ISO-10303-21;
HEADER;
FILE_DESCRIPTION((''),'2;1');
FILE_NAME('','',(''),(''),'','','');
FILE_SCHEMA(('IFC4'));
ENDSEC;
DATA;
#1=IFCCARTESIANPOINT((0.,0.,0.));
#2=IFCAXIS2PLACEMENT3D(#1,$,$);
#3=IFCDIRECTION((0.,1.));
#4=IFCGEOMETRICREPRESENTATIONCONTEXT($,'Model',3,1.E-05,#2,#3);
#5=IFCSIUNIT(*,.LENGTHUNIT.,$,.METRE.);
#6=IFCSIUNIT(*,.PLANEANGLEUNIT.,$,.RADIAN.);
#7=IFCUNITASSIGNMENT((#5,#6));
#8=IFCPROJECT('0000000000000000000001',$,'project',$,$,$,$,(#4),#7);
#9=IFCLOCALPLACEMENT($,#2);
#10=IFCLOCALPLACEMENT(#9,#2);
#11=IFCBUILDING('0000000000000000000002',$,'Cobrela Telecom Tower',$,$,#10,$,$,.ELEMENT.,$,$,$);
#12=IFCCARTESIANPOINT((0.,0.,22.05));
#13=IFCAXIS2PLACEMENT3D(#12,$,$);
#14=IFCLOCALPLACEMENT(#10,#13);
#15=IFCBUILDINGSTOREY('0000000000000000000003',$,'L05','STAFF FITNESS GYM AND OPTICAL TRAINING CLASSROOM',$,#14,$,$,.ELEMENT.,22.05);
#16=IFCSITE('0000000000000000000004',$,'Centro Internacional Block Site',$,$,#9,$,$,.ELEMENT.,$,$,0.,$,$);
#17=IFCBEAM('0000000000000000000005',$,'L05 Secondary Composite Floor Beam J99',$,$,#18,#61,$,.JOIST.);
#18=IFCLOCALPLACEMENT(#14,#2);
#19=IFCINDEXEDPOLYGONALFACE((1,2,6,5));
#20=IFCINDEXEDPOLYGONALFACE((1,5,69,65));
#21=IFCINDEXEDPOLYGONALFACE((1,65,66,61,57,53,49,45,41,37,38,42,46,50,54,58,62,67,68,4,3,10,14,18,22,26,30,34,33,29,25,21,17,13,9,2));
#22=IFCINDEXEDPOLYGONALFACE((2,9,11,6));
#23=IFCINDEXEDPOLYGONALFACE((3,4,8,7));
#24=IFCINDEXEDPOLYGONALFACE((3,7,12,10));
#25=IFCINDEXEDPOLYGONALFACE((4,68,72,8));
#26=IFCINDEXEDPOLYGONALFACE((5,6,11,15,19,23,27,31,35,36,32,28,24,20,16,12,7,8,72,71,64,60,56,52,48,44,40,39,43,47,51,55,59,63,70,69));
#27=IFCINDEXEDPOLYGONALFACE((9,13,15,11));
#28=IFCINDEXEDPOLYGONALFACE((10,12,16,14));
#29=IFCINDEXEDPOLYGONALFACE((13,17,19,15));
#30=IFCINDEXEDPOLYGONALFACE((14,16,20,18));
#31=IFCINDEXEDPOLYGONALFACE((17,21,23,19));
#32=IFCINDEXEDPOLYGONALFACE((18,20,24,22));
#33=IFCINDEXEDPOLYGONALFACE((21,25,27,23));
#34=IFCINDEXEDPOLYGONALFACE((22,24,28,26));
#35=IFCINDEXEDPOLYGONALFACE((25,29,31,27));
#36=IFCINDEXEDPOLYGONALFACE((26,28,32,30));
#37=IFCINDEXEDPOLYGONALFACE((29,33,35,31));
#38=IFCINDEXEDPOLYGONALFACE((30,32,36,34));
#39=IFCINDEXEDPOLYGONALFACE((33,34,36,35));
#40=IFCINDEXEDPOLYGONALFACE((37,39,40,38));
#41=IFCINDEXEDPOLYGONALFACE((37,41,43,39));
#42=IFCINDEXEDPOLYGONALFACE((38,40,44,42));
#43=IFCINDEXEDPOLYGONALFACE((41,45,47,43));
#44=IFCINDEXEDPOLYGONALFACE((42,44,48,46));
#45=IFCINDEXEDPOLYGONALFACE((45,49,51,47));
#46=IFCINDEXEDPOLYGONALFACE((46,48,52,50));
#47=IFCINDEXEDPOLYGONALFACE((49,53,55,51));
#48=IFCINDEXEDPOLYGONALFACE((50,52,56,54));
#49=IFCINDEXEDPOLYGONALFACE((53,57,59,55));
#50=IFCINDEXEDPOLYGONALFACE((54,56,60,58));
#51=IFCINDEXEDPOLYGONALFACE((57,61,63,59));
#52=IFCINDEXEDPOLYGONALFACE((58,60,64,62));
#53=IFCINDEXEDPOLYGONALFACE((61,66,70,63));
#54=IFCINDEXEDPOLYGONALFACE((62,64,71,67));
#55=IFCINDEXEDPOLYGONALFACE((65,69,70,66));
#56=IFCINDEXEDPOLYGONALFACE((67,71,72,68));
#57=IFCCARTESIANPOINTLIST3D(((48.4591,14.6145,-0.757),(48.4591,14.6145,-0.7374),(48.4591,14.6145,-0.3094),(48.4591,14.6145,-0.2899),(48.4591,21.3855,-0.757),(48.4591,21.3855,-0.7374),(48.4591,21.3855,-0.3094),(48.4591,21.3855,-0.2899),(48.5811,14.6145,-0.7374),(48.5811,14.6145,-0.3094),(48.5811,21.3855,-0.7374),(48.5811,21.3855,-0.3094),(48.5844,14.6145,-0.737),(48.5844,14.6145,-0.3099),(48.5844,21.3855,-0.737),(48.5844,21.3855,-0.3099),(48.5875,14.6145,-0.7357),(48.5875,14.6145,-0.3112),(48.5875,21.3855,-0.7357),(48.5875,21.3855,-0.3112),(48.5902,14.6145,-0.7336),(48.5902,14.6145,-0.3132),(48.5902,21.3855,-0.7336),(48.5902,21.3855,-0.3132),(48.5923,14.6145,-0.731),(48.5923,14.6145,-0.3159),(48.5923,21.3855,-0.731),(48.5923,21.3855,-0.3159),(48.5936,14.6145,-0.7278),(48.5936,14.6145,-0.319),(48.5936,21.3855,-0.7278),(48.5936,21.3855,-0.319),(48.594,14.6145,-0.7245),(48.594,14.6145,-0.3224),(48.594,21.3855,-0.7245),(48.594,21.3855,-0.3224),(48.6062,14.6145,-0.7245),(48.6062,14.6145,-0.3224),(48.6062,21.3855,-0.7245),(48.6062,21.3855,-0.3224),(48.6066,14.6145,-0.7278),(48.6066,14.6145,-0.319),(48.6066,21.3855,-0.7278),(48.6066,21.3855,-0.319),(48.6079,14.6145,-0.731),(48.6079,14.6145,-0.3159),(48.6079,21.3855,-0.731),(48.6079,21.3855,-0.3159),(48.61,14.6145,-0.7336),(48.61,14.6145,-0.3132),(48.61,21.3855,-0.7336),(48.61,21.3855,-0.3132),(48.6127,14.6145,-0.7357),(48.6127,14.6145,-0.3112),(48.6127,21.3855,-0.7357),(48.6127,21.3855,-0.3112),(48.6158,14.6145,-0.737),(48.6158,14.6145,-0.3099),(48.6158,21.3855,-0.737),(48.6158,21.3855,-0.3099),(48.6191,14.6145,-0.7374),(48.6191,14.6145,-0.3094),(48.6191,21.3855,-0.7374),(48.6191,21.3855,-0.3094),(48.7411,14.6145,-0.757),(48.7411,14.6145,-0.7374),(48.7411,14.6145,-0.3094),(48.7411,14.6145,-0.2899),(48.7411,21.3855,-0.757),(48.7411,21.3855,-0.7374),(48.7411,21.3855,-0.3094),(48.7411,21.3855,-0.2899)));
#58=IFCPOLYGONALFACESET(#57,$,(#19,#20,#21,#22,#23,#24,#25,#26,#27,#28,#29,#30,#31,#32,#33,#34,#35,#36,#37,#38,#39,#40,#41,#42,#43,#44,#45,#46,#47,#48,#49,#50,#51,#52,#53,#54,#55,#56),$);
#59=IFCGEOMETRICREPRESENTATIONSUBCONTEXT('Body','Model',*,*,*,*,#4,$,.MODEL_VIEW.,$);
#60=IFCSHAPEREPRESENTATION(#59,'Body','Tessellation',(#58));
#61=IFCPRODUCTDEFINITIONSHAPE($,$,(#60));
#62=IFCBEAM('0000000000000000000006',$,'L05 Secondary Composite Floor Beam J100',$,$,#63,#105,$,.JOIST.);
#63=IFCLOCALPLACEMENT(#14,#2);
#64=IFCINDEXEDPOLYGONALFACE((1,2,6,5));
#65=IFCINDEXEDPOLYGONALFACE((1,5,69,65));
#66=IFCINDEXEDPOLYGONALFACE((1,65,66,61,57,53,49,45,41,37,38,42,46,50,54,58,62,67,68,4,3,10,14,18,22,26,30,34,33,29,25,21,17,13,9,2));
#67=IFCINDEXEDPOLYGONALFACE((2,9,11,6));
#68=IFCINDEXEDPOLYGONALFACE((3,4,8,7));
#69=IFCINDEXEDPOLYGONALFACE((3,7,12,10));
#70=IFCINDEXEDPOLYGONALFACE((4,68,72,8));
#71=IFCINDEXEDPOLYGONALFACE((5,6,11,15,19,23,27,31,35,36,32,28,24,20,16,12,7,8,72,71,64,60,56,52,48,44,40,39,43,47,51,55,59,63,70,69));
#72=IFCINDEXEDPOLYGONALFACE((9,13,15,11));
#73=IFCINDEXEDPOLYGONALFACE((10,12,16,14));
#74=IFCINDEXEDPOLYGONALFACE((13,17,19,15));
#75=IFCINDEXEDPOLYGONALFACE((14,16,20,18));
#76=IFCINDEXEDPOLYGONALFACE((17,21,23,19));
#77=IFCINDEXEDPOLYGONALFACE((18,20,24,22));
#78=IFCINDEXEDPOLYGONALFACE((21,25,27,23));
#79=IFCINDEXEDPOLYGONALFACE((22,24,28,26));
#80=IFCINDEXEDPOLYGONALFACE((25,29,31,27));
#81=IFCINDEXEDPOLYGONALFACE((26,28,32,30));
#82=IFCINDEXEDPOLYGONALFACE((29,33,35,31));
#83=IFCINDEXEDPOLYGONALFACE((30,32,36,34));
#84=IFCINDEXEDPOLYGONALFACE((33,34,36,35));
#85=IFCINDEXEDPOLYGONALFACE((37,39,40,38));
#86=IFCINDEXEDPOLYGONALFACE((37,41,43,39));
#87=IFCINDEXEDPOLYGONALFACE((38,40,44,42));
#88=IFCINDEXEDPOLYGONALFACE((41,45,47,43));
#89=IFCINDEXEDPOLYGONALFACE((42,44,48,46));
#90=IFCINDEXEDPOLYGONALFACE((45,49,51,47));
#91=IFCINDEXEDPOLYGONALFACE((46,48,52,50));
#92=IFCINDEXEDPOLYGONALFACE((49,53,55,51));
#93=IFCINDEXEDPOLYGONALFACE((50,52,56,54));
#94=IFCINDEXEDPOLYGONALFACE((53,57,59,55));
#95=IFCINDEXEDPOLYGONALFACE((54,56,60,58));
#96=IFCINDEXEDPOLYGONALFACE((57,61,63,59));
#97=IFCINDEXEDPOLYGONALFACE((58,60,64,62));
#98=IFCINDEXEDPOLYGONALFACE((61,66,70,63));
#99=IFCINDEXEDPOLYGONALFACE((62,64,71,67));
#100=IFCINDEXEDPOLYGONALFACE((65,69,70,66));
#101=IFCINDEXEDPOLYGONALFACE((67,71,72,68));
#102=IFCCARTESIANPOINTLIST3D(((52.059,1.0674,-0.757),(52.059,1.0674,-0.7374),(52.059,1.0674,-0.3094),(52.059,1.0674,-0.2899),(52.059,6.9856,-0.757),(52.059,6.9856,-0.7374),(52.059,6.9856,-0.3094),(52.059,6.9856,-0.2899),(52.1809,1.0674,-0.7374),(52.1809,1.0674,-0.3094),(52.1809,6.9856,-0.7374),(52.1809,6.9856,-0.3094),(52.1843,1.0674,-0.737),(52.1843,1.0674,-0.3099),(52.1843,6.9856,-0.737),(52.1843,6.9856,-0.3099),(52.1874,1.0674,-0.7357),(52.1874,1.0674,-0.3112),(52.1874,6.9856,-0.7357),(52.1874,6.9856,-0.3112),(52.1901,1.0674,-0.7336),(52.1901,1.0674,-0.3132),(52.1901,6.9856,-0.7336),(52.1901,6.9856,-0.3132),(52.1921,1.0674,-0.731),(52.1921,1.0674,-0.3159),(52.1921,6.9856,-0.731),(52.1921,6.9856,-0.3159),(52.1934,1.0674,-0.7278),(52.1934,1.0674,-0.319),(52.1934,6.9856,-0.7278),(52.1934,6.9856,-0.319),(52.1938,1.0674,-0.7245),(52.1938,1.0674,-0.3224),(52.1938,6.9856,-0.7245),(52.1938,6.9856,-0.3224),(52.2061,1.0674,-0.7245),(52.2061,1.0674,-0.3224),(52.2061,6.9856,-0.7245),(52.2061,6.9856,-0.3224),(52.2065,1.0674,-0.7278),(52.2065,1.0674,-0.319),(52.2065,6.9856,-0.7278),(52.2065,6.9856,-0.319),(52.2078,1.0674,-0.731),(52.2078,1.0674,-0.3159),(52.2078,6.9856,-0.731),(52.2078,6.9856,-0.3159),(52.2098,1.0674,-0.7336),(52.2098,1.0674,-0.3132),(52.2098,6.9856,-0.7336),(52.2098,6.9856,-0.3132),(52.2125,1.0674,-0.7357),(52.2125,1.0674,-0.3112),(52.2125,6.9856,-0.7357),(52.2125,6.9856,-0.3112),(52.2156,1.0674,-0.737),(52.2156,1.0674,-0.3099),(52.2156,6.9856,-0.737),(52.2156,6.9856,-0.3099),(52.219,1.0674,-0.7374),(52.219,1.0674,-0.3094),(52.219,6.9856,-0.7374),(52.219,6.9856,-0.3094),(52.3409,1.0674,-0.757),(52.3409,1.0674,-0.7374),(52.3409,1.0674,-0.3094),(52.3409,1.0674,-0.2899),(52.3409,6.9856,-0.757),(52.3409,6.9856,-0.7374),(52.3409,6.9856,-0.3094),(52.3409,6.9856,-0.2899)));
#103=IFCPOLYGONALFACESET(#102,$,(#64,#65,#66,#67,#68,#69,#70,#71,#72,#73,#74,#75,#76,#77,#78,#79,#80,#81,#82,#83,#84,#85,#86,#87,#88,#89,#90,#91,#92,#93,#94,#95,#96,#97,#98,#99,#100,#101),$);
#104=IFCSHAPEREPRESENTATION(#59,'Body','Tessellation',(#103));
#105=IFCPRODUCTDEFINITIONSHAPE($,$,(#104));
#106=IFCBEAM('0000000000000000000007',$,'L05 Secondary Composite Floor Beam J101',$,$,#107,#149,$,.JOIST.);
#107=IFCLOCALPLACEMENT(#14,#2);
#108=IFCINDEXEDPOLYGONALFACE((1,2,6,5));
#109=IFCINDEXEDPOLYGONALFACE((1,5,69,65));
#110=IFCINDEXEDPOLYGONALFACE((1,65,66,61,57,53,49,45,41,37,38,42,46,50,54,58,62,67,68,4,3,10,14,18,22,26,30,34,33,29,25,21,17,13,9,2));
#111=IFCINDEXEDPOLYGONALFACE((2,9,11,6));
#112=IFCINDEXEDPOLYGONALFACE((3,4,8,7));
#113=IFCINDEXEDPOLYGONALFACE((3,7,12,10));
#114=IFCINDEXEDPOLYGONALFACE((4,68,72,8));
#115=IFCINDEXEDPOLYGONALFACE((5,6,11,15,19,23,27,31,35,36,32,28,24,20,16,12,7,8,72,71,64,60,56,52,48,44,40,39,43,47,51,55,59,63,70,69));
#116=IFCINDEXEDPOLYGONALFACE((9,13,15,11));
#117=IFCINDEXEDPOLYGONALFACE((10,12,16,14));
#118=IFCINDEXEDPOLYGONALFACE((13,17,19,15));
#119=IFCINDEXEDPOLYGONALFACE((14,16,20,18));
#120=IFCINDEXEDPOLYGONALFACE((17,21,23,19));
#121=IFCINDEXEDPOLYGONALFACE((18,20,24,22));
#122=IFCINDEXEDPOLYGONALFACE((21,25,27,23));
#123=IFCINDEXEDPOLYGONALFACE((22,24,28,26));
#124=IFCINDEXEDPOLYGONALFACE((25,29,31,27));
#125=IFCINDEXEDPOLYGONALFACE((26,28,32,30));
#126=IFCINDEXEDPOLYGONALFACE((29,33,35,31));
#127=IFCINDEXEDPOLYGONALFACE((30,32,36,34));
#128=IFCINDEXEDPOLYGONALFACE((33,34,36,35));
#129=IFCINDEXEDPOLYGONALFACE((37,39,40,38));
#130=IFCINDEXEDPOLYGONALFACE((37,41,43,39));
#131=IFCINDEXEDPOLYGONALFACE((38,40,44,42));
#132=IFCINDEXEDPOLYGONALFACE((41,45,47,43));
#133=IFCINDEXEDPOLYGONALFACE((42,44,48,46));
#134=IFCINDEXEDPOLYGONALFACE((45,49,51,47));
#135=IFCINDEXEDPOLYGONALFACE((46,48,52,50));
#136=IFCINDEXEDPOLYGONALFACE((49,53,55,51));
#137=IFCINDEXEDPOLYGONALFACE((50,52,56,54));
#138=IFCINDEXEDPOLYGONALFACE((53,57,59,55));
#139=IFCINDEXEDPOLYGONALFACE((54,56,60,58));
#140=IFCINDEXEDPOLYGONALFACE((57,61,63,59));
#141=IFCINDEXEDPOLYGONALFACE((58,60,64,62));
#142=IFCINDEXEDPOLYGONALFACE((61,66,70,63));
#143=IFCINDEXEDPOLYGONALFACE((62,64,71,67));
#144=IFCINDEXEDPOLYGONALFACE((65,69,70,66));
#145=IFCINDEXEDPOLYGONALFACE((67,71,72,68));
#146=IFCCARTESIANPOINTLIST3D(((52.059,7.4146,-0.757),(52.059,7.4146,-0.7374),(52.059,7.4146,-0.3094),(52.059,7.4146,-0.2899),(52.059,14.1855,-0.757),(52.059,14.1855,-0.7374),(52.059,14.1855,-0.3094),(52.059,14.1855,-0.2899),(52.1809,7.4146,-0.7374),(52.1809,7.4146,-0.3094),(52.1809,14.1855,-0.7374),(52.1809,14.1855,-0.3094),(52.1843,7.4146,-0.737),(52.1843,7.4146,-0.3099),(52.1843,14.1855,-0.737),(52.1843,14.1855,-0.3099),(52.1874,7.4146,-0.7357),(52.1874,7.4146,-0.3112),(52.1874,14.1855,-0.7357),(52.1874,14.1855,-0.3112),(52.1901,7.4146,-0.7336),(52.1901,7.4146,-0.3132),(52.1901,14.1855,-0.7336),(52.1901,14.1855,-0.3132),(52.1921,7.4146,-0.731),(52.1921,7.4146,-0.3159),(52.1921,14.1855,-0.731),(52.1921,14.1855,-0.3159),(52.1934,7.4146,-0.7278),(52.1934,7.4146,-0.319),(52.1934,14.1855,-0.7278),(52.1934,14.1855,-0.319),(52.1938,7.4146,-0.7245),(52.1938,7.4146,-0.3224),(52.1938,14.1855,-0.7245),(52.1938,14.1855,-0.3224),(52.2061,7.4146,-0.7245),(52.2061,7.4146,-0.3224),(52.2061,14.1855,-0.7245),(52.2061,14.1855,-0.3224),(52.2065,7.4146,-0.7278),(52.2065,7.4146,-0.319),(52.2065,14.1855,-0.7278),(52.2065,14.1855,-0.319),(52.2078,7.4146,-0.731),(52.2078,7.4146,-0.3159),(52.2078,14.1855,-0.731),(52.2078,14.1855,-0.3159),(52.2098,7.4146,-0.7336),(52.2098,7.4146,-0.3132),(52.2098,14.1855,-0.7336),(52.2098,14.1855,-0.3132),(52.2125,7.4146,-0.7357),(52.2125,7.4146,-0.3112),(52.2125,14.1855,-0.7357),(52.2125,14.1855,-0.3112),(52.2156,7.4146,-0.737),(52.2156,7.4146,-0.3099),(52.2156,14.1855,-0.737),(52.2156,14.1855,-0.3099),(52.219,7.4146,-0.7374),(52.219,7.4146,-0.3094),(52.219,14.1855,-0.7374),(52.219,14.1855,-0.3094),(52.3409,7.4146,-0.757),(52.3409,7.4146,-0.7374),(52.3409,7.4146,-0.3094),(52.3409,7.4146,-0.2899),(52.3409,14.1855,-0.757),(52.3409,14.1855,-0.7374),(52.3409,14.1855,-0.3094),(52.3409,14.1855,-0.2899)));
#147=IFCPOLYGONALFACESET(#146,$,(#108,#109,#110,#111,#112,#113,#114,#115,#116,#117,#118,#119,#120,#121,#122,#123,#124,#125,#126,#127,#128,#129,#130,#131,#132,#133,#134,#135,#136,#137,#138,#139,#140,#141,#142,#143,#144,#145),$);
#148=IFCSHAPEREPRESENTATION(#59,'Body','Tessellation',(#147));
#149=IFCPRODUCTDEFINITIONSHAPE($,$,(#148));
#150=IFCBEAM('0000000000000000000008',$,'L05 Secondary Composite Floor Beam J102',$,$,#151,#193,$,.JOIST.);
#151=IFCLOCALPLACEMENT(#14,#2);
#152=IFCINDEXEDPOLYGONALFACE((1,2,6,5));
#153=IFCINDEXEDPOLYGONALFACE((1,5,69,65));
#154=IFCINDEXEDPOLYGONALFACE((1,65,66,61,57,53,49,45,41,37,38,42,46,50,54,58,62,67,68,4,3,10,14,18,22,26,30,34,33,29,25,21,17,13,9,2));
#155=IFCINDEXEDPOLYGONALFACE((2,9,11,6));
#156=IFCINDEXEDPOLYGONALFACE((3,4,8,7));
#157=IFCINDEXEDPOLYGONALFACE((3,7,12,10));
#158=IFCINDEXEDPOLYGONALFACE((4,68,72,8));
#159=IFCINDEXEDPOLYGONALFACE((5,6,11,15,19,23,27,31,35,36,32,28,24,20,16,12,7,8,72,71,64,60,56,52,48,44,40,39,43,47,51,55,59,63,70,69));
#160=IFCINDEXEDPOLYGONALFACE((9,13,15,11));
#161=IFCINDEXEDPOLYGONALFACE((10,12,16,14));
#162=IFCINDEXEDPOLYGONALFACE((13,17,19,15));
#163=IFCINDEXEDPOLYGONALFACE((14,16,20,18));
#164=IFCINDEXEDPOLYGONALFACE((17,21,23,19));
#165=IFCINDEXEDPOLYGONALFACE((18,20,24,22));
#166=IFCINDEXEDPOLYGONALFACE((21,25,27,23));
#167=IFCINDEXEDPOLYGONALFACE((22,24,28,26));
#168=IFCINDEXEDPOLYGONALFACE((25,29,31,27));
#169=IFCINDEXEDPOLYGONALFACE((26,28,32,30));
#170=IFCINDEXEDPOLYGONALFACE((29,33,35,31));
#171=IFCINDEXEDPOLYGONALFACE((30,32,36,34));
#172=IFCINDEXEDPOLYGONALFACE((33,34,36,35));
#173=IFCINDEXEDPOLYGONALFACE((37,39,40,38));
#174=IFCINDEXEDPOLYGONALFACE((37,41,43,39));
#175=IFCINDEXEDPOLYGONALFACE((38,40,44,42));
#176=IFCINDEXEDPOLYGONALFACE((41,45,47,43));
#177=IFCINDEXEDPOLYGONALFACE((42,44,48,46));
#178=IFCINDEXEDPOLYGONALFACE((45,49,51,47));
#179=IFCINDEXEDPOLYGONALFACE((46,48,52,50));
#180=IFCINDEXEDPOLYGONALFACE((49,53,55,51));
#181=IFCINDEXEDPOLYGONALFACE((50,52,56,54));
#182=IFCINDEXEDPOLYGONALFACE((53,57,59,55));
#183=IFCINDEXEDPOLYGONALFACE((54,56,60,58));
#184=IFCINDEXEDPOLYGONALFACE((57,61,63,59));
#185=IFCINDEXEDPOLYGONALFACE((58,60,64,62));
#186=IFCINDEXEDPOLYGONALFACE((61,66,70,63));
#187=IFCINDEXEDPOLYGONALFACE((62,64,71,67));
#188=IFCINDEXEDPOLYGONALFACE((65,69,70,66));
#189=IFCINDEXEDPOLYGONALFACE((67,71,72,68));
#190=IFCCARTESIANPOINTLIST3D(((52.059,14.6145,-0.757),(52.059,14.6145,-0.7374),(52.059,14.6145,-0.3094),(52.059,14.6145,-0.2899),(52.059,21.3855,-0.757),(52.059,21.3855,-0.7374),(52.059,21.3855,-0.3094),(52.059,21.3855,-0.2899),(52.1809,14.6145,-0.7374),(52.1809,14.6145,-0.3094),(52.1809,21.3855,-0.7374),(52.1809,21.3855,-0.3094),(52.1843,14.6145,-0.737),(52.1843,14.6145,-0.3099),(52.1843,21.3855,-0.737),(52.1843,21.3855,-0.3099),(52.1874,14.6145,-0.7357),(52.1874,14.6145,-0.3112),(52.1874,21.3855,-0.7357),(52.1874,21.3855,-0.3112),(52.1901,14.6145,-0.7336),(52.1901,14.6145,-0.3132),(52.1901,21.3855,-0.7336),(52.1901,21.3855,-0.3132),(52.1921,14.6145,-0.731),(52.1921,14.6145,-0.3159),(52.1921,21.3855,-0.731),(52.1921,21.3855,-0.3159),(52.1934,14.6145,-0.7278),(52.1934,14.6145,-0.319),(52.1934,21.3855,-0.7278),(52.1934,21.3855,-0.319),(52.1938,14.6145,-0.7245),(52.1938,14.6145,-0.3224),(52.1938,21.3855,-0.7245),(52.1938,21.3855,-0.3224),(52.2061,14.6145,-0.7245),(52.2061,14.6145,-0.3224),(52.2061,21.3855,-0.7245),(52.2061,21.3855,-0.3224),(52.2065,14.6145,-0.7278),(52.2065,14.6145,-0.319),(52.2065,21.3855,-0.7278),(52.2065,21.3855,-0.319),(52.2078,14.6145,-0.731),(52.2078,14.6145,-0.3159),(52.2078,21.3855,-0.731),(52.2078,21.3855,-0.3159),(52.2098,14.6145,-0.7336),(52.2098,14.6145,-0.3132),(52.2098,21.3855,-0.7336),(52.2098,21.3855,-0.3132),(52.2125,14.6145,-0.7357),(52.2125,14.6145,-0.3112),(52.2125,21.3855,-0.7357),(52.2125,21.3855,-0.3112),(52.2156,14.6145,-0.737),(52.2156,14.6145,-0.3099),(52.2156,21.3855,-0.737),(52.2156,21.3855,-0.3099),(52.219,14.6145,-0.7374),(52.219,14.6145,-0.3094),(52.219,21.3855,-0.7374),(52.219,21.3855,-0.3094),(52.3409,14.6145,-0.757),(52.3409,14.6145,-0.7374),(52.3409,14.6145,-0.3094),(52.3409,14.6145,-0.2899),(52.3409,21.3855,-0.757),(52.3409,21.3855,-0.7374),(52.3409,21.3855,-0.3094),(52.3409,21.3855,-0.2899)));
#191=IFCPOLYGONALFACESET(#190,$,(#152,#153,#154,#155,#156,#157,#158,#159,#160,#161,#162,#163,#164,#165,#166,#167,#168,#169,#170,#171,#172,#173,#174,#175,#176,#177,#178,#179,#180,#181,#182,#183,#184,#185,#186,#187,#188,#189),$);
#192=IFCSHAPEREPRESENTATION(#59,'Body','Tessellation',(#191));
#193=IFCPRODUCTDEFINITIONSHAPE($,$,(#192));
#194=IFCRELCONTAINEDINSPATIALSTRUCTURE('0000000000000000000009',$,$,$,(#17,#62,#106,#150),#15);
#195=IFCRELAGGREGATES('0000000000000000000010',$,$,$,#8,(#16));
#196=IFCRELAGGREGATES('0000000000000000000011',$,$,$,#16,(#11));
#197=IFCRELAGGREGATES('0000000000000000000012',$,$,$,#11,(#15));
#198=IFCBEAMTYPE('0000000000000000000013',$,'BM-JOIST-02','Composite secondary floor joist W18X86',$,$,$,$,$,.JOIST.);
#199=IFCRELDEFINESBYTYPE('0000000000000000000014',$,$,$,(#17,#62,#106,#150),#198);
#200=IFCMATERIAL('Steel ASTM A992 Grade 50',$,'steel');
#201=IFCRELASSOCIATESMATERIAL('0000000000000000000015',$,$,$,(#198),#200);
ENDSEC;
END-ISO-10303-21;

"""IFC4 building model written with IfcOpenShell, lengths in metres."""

from ifc_helpers import new_model, si_unit, direction, frame, origin, origin_2d, place, context, subcontext, project, spatial, i_section, extrude, material, material_profile, profile_set, type_object, element, save


model = new_model("IFC4")

# Units and contexts
model_context = context("Model", 3, precision=1e-05, world=origin(), true_north=direction((0.0, 1.0)))
body_context = subcontext(model_context, "Body", "Model", "MODEL_VIEW")
ifc_project = project(units=[si_unit("LENGTHUNIT", "METRE"), si_unit("PLANEANGLEUNIT", "RADIAN")], contexts=[model_context])

# Site, building, storey
site_placement = place(None, origin())
site = spatial("IfcSite", under=ifc_project, at=site_placement, Name="Centro Internacional Block Site", CompositionType="ELEMENT", RefElevation=0.0)
building_placement = place(site_placement, origin())
building = spatial("IfcBuilding", under=site, at=building_placement, Name="Cobrela Telecom Tower", CompositionType="ELEMENT")
storey_placement = place(building_placement, frame((0.0, 0.0, 22.05)))
storey = spatial("IfcBuildingStorey", under=building, at=storey_placement, Name="L05", Description="STAFF FITNESS GYM AND OPTICAL TRAINING CLASSROOM", CompositionType="ELEMENT", Elevation=22.05)

# Beams
ifc_material_1 = material(Name="Steel ASTM A992 Grade 50", Category="steel")
ifc_material_profile_1 = material_profile(ifc_material_1, i_section(OverallWidth=0.282, OverallDepth=0.467, WebThickness=0.0122, FlangeThickness=0.0195, FilletRadius=0.0129, at=origin_2d()), Name="W18X86")
ifc_profile_set_1 = profile_set([ifc_material_profile_1], Name="Steel ASTM A992 Grade 50")
beam_type_1 = type_object("IfcBeamType", Name="BM-JOIST-02", Description="Composite secondary floor joist W18X86", PredefinedType="JOIST", material=ifc_profile_set_1)
for number, where, z_axis, x_axis, name in (
    (1, (48.6001, 14.6145, -0.5234), (0.0, 1.0, 0.0), (-1.0, 0.0, 0.0), "L05 Secondary Composite Floor Beam J99"),
):
    element("IfcBeam", number, at=place(storey_placement, frame(where, z_axis=z_axis, x_axis=x_axis)), inside=storey, type_object=beam_type_1, Name=name, PredefinedType="JOIST", context=body_context, shape_type="SweptSolid", body=[
        extrude(i_section(OverallWidth=0.282, OverallDepth=0.467, WebThickness=0.0122, FlangeThickness=0.0195, FilletRadius=0.0129, at=origin_2d()), origin(), (0.0, 0.0, 1.0), 6.771),
    ])
beam_1_placement = place(storey_placement, frame((52.2, 1.0674, -0.5234), z_axis=(0.0, 1.0, 0.0), x_axis=(-1.0, 0.0, 0.0)))
element("IfcBeam", 2, at=beam_1_placement, inside=storey, type_object=beam_type_1, Name="L05 Secondary Composite Floor Beam J100", PredefinedType="JOIST", context=body_context, shape_type="SweptSolid", body=[
    extrude(i_section(OverallWidth=0.282, OverallDepth=0.467, WebThickness=0.0122, FlangeThickness=0.0195, FilletRadius=0.0129, at=origin_2d()), origin(), (0.0, 0.0, 1.0), 5.9182),
])
for number, where, z_axis, x_axis, name in (
    (3, (52.2, 7.4146, -0.5234), (0.0, 1.0, 0.0), (-1.0, 0.0, 0.0), "L05 Secondary Composite Floor Beam J101"),
    (4, (52.2, 14.6145, -0.5234), (0.0, 1.0, 0.0), (-1.0, 0.0, 0.0), "L05 Secondary Composite Floor Beam J102"),
):
    element("IfcBeam", number, at=place(storey_placement, frame(where, z_axis=z_axis, x_axis=x_axis)), inside=storey, type_object=beam_type_1, Name=name, PredefinedType="JOIST", context=body_context, shape_type="SweptSolid", body=[
        extrude(i_section(OverallWidth=0.282, OverallDepth=0.467, WebThickness=0.0122, FlangeThickness=0.0195, FilletRadius=0.0129, at=origin_2d()), origin(), (0.0, 0.0, 1.0), 6.771),
    ])

save(model, "model.ifc")
